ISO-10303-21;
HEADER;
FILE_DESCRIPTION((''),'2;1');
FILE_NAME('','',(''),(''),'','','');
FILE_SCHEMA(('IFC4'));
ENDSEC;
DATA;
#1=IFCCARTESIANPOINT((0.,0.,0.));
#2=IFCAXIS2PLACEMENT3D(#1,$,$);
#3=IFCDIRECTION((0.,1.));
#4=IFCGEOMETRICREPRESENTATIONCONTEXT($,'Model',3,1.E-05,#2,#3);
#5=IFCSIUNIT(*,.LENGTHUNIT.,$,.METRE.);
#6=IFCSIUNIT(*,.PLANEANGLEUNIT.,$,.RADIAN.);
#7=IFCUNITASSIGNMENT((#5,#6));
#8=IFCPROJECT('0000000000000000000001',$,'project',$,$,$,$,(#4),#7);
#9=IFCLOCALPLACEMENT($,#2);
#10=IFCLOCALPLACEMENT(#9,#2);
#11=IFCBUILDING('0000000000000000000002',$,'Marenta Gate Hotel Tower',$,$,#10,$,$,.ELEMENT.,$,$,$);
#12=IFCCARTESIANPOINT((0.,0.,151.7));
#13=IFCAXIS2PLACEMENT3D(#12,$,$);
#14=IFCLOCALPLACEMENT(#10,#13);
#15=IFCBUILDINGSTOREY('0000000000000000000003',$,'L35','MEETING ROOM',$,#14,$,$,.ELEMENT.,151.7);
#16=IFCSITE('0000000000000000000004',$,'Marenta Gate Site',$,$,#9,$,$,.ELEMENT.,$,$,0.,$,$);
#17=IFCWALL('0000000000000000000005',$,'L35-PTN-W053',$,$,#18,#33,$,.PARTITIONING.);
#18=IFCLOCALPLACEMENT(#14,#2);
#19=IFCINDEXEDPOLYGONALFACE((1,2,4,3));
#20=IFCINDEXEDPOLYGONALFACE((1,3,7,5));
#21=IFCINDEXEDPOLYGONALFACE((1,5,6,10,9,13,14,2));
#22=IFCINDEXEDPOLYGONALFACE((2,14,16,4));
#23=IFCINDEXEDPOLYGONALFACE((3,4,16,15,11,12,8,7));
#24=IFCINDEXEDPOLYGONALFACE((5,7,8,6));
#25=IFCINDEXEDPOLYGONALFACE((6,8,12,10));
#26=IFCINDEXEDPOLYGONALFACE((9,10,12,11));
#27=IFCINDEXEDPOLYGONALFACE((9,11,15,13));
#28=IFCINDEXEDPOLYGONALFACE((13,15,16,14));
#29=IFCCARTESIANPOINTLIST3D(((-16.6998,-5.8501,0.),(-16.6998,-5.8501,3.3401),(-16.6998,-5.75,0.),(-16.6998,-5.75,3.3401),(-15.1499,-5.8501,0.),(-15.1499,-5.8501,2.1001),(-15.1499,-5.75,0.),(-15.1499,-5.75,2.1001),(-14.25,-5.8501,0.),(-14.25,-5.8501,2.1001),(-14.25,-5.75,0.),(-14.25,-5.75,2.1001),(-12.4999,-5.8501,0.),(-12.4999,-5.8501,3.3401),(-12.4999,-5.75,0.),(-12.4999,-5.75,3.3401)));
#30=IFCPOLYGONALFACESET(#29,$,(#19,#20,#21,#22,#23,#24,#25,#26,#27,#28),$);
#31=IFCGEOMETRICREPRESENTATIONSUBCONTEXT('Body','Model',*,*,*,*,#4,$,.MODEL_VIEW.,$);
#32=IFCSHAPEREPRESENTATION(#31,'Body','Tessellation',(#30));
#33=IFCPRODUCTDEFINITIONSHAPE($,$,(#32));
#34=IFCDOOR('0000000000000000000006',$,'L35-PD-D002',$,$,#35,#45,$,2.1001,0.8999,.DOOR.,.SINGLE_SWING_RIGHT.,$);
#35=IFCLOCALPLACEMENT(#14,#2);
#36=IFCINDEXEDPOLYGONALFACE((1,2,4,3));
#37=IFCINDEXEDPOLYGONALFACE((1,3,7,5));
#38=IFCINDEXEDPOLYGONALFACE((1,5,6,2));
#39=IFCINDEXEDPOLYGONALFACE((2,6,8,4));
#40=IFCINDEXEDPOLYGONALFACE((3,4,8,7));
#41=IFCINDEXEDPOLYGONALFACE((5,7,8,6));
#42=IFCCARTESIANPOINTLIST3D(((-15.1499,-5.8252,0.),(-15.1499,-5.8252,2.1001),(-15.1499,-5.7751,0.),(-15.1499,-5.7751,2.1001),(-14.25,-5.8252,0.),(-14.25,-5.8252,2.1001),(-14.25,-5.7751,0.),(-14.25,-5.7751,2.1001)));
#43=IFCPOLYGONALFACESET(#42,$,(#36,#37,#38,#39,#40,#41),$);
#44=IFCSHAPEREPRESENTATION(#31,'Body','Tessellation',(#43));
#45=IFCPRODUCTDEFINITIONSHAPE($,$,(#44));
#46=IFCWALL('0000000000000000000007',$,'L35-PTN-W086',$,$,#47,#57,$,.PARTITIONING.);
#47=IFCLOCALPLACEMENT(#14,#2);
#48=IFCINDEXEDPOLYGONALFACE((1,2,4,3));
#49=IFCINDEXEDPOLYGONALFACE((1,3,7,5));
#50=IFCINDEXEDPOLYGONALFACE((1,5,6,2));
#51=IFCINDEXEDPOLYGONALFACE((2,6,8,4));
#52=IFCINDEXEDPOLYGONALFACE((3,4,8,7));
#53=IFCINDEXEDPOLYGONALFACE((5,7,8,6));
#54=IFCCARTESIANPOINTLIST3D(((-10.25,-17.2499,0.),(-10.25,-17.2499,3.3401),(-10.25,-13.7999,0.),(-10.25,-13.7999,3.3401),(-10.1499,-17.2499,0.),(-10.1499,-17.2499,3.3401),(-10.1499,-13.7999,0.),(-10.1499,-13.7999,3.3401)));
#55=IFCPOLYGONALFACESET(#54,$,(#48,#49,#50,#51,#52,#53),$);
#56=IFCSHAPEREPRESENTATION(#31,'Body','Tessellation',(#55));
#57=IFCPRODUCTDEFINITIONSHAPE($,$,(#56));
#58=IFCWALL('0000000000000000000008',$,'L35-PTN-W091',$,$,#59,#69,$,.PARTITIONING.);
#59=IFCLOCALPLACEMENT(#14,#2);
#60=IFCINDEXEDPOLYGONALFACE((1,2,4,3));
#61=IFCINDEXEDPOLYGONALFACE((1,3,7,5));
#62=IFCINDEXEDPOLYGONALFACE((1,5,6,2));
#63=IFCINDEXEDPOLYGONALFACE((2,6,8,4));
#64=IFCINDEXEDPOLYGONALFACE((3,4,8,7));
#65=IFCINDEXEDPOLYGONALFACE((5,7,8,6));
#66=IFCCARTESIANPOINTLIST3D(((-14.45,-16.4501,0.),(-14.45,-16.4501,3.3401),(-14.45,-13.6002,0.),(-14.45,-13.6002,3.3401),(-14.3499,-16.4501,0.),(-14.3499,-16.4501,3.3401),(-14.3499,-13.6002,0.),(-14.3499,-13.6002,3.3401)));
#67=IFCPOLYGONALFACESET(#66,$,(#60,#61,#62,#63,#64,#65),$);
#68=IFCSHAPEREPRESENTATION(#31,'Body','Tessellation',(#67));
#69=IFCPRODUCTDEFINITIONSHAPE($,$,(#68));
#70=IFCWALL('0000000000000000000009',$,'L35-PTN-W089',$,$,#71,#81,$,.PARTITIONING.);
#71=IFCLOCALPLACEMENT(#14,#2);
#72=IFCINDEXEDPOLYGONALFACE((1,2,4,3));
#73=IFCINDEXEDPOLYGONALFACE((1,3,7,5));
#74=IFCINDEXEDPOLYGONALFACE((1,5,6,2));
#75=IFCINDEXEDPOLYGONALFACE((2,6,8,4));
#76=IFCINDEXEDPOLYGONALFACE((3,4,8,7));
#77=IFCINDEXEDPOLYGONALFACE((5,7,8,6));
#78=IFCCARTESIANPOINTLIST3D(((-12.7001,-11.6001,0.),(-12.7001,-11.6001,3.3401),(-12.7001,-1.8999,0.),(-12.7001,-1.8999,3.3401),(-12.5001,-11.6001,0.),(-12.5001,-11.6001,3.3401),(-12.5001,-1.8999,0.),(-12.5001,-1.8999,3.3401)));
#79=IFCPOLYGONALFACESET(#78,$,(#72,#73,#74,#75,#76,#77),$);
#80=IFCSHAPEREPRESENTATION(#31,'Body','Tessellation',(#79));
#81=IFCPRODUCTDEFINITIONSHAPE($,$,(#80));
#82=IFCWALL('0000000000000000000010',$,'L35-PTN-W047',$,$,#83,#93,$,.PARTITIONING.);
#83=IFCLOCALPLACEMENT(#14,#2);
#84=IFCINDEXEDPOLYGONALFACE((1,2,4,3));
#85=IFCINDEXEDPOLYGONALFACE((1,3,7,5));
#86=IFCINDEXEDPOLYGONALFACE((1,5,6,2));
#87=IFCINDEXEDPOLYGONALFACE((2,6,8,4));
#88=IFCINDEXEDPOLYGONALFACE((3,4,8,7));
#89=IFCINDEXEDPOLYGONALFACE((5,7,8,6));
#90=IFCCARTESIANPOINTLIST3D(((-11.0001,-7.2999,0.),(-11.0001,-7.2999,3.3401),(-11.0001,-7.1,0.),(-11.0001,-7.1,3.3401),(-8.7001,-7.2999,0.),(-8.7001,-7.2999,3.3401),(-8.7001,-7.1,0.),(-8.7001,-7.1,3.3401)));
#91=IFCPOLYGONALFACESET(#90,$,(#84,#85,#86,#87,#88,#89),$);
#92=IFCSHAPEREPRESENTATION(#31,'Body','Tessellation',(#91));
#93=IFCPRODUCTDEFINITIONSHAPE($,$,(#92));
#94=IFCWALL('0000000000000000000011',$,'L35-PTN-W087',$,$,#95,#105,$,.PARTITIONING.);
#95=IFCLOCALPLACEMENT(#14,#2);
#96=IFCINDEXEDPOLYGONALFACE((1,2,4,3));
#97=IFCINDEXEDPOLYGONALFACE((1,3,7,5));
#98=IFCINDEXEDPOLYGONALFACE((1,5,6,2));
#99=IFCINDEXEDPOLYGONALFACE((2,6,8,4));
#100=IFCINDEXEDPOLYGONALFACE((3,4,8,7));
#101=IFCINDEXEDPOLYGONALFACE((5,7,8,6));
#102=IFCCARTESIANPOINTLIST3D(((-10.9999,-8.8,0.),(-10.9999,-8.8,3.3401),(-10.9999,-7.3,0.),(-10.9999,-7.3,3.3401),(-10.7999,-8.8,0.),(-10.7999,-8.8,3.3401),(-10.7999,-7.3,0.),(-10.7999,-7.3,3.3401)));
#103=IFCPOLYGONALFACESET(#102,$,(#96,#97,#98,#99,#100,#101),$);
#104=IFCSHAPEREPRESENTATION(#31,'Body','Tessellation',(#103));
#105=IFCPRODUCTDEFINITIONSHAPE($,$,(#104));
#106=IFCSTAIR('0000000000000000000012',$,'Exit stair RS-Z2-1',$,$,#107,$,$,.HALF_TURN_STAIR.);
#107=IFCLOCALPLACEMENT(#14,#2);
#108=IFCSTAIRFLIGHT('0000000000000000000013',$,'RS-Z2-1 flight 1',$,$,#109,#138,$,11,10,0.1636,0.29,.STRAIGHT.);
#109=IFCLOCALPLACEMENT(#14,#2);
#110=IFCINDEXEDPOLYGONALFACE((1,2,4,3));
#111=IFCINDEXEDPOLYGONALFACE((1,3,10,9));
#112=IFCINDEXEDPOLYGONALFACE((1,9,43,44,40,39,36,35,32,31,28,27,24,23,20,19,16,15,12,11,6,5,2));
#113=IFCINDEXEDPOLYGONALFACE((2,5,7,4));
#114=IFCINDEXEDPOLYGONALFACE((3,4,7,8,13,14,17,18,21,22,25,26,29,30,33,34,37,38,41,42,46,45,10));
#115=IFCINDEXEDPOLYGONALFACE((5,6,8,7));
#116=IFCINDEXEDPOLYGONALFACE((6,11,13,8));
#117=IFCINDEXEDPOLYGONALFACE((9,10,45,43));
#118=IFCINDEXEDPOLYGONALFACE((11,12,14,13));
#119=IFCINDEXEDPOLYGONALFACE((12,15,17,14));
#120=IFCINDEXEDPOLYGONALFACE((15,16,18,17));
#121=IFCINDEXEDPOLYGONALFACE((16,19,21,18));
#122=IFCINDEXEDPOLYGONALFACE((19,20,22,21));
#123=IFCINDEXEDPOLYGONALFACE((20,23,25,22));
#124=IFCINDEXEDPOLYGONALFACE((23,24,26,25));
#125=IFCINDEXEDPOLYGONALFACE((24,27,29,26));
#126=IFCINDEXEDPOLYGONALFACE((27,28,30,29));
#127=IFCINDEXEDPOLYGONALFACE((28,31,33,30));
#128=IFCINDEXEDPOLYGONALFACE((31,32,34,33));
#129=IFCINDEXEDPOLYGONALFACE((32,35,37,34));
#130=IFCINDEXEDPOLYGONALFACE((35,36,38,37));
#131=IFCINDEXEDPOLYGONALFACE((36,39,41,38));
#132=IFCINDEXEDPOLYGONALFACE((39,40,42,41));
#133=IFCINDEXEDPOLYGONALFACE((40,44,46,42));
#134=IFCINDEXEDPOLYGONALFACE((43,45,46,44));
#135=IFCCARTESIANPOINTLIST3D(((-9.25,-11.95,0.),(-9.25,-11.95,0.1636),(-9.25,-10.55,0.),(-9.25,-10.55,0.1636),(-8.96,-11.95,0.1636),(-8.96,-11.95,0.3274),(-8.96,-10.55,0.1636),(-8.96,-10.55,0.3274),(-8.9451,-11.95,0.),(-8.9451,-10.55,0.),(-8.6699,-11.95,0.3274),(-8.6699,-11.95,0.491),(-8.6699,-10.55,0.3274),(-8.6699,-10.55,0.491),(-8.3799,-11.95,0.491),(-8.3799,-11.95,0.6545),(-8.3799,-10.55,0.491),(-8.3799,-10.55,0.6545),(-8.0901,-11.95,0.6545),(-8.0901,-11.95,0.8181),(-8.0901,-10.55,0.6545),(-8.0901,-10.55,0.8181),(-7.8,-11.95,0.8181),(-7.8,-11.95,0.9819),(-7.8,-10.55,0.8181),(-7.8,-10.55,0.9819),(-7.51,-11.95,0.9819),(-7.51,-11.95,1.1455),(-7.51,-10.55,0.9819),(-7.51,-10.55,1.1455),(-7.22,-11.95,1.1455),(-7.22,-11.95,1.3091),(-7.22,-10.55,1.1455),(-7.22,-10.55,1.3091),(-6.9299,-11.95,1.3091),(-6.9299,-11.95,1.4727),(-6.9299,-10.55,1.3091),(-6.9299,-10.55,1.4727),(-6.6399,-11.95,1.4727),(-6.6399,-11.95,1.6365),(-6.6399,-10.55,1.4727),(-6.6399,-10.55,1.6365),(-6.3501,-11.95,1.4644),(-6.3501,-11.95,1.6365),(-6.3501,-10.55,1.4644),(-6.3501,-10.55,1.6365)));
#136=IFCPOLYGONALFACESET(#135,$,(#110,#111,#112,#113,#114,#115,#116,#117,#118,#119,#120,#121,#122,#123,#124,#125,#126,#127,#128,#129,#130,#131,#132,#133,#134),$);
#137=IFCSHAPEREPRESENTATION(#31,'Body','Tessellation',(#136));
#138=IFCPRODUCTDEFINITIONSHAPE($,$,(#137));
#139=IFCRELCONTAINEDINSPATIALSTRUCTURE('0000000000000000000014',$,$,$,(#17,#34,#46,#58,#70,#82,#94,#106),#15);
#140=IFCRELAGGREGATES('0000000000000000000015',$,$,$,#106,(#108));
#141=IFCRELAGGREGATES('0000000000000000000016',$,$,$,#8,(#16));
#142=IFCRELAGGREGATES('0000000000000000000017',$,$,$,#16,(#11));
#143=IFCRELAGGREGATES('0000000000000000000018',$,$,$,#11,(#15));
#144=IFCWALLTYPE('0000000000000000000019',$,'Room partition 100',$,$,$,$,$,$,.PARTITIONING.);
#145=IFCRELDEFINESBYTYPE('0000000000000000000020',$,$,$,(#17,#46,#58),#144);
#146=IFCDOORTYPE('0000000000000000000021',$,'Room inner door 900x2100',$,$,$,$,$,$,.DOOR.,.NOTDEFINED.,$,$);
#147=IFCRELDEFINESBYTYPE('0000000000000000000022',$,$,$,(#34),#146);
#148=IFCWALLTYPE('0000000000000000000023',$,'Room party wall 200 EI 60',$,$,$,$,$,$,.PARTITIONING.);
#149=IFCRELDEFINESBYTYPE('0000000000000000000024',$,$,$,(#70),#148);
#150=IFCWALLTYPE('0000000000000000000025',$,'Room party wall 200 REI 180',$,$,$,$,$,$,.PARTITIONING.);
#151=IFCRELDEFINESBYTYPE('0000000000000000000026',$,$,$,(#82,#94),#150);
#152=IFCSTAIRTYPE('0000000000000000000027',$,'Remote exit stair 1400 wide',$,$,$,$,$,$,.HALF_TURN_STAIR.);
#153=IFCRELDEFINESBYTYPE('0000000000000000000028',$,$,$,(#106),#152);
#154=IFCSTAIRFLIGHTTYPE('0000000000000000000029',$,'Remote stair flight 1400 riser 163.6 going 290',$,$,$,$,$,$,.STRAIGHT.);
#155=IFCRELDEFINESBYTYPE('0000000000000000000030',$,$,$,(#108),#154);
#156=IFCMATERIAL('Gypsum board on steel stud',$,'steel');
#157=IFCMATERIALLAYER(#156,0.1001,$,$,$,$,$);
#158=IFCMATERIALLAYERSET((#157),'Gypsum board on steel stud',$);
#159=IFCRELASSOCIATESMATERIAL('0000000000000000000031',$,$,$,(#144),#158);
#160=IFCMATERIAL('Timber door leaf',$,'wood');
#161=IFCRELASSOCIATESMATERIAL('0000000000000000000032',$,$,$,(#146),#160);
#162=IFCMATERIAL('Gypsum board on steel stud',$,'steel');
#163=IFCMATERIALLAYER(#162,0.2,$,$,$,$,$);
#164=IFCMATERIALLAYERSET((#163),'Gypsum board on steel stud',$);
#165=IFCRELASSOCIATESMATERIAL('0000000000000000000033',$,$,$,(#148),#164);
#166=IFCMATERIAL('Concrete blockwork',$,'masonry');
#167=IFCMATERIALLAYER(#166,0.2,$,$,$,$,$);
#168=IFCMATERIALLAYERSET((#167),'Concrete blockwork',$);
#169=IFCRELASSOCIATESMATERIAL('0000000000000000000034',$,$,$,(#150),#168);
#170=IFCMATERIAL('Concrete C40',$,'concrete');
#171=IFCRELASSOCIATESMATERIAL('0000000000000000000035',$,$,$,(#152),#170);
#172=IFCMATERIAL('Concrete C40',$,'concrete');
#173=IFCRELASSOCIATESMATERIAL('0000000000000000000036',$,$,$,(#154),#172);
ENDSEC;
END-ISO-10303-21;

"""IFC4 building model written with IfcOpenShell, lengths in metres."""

from ifc_helpers import new_model, si_unit, direction, frame, frame_2d, origin, place, context, subcontext, project, spatial, polyline, rectangle, outline, extrude, material, layer, layer_set, type_object, element, fill, aggregate, save


model = new_model("IFC4")

# Units and contexts
model_context = context("Model", 3, precision=1e-05, world=origin(), true_north=direction((0.0, 1.0)))
body_context = subcontext(model_context, "Body", "Model", "MODEL_VIEW")
ifc_project = project(units=[si_unit("LENGTHUNIT", "METRE"), si_unit("PLANEANGLEUNIT", "RADIAN")], contexts=[model_context])

# Site, building, storey
site_placement = place(None, origin())
site = spatial("IfcSite", under=ifc_project, at=site_placement, Name="Marenta Gate Site", CompositionType="ELEMENT", RefElevation=0.0)
building_placement = place(site_placement, origin())
building = spatial("IfcBuilding", under=site, at=building_placement, Name="Marenta Gate Hotel Tower", CompositionType="ELEMENT")
storey_placement = place(building_placement, frame((0.0, 0.0, 151.7)))
storey = spatial("IfcBuildingStorey", under=building, at=storey_placement, Name="L35", Description="MEETING ROOM", CompositionType="ELEMENT", Elevation=151.7)

# Wall, opening, door
ifc_material_1 = material(Name="Gypsum board on steel stud", Category="steel")
ifc_layer_1 = layer(ifc_material_1, 0.1001)
ifc_layer_set_1 = layer_set([ifc_layer_1], Name="Gypsum board on steel stud")
wall_type_1 = type_object("IfcWallType", Name="Room partition 100", PredefinedType="PARTITIONING", material=ifc_layer_set_1)
wall_1_placement = place(storey_placement, frame((-16.7, -5.8, 0.0), z_axis=(0.0, 0.0, 1.0), x_axis=(1.0, 0.0, 0.0)))
wall_1 = element("IfcWall", 1, at=wall_1_placement, inside=storey, type_object=wall_type_1, Name="L35-PTN-W053", PredefinedType="PARTITIONING", context=body_context, shape_type="SweptSolid", body=[
    extrude(rectangle(XDim=4.2, YDim=0.1001, at=frame_2d((2.1001, 0.0))), origin(), (0.0, 0.0, 1.0), 3.3401),
])
opening_1_placement = place(wall_1_placement, frame((1.55, 0.0, 0.0)))
opening_1 = element("IfcOpeningElement", 2, at=opening_1_placement, cuts=wall_1, PredefinedType="OPENING", context=body_context, shape_type="SweptSolid", body=[
    extrude(rectangle(XDim=0.8999, YDim=2.1001, at=frame_2d((0.45, 1.05))), frame((0.0, 0.05, 0.0), z_axis=(0.0, -1.0, 0.0), x_axis=(1.0, 0.0, 0.0)), (0.0, 0.0, 1.0), 0.1001),
])
ifc_material_2 = material(Name="Timber door leaf", Category="wood")
door_type_1 = type_object("IfcDoorType", Name="Room inner door 900x2100", OperationType="NOTDEFINED", PredefinedType="DOOR", material=ifc_material_2)
door_1_placement = place(opening_1_placement, origin())
door_1 = element("IfcDoor", 3, at=door_1_placement, inside=storey, type_object=door_type_1, Name="L35-PD-D002", OperationType="SINGLE_SWING_RIGHT", OverallHeight=2.1001, OverallWidth=0.8999, PredefinedType="DOOR", context=body_context, shape_type="SweptSolid", body=[
    extrude(rectangle(XDim=0.8999, YDim=2.1001, at=frame_2d((0.45, 1.05))), frame((0.0, 0.0249, 0.0), z_axis=(0.0, -1.0, 0.0), x_axis=(1.0, 0.0, 0.0)), (0.0, 0.0, 1.0), 0.05),
])
fill(opening_1, door_1)

# Walls
wall_2_placement = place(storey_placement, frame((-10.2, -17.25, 0.0), z_axis=(0.0, 0.0, 1.0), x_axis=(0.0, 1.0, 0.0)))
element("IfcWall", 4, at=wall_2_placement, inside=storey, type_object=wall_type_1, Name="L35-PTN-W086", PredefinedType="PARTITIONING", context=body_context, shape_type="SweptSolid", body=[
    extrude(rectangle(XDim=3.45, YDim=0.1001, at=frame_2d((1.7251, 0.0))), origin(), (0.0, 0.0, 1.0), 3.3401),
])
wall_3_placement = place(storey_placement, frame((-14.3999, -16.45, 0.0), z_axis=(0.0, 0.0, 1.0), x_axis=(0.0, 1.0, 0.0)))
element("IfcWall", 5, at=wall_3_placement, inside=storey, type_object=wall_type_1, Name="L35-PTN-W091", PredefinedType="PARTITIONING", context=body_context, shape_type="SweptSolid", body=[
    extrude(rectangle(XDim=2.8499, YDim=0.1001, at=frame_2d((1.4248, 0.0))), origin(), (0.0, 0.0, 1.0), 3.3401),
])
ifc_material_3 = material(Name="Gypsum board on steel stud", Category="steel")
ifc_layer_2 = layer(ifc_material_3, 0.2)
ifc_layer_set_2 = layer_set([ifc_layer_2], Name="Gypsum board on steel stud")
wall_type_2 = type_object("IfcWallType", Name="Room party wall 200 EI 60", PredefinedType="PARTITIONING", material=ifc_layer_set_2)
wall_4_placement = place(storey_placement, frame((-12.6001, -11.6001, 0.0), z_axis=(0.0, 0.0, 1.0), x_axis=(0.0, 1.0, 0.0)))
element("IfcWall", 6, at=wall_4_placement, inside=storey, type_object=wall_type_2, Name="L35-PTN-W089", PredefinedType="PARTITIONING", context=body_context, shape_type="SweptSolid", body=[
    extrude(rectangle(XDim=9.7002, YDim=0.2, at=frame_2d((4.8501, 0.0))), origin(), (0.0, 0.0, 1.0), 3.3401),
])
ifc_material_4 = material(Name="Concrete blockwork", Category="masonry")
ifc_layer_3 = layer(ifc_material_4, 0.2)
ifc_layer_set_3 = layer_set([ifc_layer_3], Name="Concrete blockwork")
wall_type_3 = type_object("IfcWallType", Name="Room party wall 200 REI 180", PredefinedType="PARTITIONING", material=ifc_layer_set_3)
wall_5_placement = place(storey_placement, frame((-11.0, -7.2, 0.0), z_axis=(0.0, 0.0, 1.0), x_axis=(1.0, 0.0, 0.0)))
element("IfcWall", 7, at=wall_5_placement, inside=storey, type_object=wall_type_3, Name="L35-PTN-W047", PredefinedType="PARTITIONING", context=body_context, shape_type="SweptSolid", body=[
    extrude(rectangle(XDim=2.3, YDim=0.2, at=frame_2d((1.1499, 0.0))), origin(), (0.0, 0.0, 1.0), 3.3401),
])
wall_6_placement = place(storey_placement, frame((-10.8999, -8.8, 0.0), z_axis=(0.0, 0.0, 1.0), x_axis=(0.0, 1.0, 0.0)))
element("IfcWall", 8, at=wall_6_placement, inside=storey, type_object=wall_type_3, Name="L35-PTN-W087", PredefinedType="PARTITIONING", context=body_context, shape_type="SweptSolid", body=[
    extrude(rectangle(XDim=1.5, YDim=0.2, at=frame_2d((0.75, 0.0))), origin(), (0.0, 0.0, 1.0), 3.3401),
])

# Stair, stair flight
ifc_material_5 = material(Name="Concrete C40", Category="concrete")
stair_type = type_object("IfcStairType", Name="Remote exit stair 1400 wide", PredefinedType="HALF_TURN_STAIR", material=ifc_material_5)
stair_placement = place(storey_placement, origin())
stair = element("IfcStair", 9, at=stair_placement, inside=storey, type_object=stair_type, Name="Exit stair RS-Z2-1", PredefinedType="HALF_TURN_STAIR")
ifc_material_6 = material(Name="Concrete C40", Category="concrete")
stair_flight_type = type_object("IfcStairFlightType", Name="Remote stair flight 1400 riser 163.6 going 290", PredefinedType="STRAIGHT", material=ifc_material_6)
stair_flight_placement = place(storey_placement, frame((-9.25, -11.25, 0.0), z_axis=(0.0, 0.0, 1.0), x_axis=(1.0, 0.0, 0.0)))
stair_flight = element("IfcStairFlight", 10, at=stair_flight_placement, type_object=stair_flight_type, Name="RS-Z2-1 flight 1", NumberOfRisers=11, NumberOfTreads=10, PredefinedType="STRAIGHT", RiserHeight=0.1636, TreadLength=0.29, context=body_context, shape_type="SweptSolid", body=[
    extrude(outline(polyline([(0.0, 0.0), (0.0, 0.1636), (0.29, 0.1636), (0.29, 0.3274), (0.5801, 0.3274), (0.5801, 0.491), (0.8701, 0.491), (0.8701, 0.6545), (1.1599, 0.6545), (1.1599, 0.8181), (1.45, 0.8181), (1.45, 0.9819), (1.74, 0.9819), (1.74, 1.1455), (2.03, 1.1455), (2.03, 1.3091), (2.3201, 1.3091), (2.3201, 1.4727), (2.6101, 1.4727), (2.6101, 1.6365), (2.8999, 1.6365), (2.8999, 1.8), (2.8999, 1.4644), (0.3049, 0.0), (0.0, 0.0)])), frame((0.0, 0.7, 0.0), z_axis=(0.0, -1.0, 0.0), x_axis=(1.0, 0.0, 0.0)), (0.0, 0.0, 1.0), 1.3999),
])
aggregate(stair, [stair_flight])

save(model, "model.ifc")
